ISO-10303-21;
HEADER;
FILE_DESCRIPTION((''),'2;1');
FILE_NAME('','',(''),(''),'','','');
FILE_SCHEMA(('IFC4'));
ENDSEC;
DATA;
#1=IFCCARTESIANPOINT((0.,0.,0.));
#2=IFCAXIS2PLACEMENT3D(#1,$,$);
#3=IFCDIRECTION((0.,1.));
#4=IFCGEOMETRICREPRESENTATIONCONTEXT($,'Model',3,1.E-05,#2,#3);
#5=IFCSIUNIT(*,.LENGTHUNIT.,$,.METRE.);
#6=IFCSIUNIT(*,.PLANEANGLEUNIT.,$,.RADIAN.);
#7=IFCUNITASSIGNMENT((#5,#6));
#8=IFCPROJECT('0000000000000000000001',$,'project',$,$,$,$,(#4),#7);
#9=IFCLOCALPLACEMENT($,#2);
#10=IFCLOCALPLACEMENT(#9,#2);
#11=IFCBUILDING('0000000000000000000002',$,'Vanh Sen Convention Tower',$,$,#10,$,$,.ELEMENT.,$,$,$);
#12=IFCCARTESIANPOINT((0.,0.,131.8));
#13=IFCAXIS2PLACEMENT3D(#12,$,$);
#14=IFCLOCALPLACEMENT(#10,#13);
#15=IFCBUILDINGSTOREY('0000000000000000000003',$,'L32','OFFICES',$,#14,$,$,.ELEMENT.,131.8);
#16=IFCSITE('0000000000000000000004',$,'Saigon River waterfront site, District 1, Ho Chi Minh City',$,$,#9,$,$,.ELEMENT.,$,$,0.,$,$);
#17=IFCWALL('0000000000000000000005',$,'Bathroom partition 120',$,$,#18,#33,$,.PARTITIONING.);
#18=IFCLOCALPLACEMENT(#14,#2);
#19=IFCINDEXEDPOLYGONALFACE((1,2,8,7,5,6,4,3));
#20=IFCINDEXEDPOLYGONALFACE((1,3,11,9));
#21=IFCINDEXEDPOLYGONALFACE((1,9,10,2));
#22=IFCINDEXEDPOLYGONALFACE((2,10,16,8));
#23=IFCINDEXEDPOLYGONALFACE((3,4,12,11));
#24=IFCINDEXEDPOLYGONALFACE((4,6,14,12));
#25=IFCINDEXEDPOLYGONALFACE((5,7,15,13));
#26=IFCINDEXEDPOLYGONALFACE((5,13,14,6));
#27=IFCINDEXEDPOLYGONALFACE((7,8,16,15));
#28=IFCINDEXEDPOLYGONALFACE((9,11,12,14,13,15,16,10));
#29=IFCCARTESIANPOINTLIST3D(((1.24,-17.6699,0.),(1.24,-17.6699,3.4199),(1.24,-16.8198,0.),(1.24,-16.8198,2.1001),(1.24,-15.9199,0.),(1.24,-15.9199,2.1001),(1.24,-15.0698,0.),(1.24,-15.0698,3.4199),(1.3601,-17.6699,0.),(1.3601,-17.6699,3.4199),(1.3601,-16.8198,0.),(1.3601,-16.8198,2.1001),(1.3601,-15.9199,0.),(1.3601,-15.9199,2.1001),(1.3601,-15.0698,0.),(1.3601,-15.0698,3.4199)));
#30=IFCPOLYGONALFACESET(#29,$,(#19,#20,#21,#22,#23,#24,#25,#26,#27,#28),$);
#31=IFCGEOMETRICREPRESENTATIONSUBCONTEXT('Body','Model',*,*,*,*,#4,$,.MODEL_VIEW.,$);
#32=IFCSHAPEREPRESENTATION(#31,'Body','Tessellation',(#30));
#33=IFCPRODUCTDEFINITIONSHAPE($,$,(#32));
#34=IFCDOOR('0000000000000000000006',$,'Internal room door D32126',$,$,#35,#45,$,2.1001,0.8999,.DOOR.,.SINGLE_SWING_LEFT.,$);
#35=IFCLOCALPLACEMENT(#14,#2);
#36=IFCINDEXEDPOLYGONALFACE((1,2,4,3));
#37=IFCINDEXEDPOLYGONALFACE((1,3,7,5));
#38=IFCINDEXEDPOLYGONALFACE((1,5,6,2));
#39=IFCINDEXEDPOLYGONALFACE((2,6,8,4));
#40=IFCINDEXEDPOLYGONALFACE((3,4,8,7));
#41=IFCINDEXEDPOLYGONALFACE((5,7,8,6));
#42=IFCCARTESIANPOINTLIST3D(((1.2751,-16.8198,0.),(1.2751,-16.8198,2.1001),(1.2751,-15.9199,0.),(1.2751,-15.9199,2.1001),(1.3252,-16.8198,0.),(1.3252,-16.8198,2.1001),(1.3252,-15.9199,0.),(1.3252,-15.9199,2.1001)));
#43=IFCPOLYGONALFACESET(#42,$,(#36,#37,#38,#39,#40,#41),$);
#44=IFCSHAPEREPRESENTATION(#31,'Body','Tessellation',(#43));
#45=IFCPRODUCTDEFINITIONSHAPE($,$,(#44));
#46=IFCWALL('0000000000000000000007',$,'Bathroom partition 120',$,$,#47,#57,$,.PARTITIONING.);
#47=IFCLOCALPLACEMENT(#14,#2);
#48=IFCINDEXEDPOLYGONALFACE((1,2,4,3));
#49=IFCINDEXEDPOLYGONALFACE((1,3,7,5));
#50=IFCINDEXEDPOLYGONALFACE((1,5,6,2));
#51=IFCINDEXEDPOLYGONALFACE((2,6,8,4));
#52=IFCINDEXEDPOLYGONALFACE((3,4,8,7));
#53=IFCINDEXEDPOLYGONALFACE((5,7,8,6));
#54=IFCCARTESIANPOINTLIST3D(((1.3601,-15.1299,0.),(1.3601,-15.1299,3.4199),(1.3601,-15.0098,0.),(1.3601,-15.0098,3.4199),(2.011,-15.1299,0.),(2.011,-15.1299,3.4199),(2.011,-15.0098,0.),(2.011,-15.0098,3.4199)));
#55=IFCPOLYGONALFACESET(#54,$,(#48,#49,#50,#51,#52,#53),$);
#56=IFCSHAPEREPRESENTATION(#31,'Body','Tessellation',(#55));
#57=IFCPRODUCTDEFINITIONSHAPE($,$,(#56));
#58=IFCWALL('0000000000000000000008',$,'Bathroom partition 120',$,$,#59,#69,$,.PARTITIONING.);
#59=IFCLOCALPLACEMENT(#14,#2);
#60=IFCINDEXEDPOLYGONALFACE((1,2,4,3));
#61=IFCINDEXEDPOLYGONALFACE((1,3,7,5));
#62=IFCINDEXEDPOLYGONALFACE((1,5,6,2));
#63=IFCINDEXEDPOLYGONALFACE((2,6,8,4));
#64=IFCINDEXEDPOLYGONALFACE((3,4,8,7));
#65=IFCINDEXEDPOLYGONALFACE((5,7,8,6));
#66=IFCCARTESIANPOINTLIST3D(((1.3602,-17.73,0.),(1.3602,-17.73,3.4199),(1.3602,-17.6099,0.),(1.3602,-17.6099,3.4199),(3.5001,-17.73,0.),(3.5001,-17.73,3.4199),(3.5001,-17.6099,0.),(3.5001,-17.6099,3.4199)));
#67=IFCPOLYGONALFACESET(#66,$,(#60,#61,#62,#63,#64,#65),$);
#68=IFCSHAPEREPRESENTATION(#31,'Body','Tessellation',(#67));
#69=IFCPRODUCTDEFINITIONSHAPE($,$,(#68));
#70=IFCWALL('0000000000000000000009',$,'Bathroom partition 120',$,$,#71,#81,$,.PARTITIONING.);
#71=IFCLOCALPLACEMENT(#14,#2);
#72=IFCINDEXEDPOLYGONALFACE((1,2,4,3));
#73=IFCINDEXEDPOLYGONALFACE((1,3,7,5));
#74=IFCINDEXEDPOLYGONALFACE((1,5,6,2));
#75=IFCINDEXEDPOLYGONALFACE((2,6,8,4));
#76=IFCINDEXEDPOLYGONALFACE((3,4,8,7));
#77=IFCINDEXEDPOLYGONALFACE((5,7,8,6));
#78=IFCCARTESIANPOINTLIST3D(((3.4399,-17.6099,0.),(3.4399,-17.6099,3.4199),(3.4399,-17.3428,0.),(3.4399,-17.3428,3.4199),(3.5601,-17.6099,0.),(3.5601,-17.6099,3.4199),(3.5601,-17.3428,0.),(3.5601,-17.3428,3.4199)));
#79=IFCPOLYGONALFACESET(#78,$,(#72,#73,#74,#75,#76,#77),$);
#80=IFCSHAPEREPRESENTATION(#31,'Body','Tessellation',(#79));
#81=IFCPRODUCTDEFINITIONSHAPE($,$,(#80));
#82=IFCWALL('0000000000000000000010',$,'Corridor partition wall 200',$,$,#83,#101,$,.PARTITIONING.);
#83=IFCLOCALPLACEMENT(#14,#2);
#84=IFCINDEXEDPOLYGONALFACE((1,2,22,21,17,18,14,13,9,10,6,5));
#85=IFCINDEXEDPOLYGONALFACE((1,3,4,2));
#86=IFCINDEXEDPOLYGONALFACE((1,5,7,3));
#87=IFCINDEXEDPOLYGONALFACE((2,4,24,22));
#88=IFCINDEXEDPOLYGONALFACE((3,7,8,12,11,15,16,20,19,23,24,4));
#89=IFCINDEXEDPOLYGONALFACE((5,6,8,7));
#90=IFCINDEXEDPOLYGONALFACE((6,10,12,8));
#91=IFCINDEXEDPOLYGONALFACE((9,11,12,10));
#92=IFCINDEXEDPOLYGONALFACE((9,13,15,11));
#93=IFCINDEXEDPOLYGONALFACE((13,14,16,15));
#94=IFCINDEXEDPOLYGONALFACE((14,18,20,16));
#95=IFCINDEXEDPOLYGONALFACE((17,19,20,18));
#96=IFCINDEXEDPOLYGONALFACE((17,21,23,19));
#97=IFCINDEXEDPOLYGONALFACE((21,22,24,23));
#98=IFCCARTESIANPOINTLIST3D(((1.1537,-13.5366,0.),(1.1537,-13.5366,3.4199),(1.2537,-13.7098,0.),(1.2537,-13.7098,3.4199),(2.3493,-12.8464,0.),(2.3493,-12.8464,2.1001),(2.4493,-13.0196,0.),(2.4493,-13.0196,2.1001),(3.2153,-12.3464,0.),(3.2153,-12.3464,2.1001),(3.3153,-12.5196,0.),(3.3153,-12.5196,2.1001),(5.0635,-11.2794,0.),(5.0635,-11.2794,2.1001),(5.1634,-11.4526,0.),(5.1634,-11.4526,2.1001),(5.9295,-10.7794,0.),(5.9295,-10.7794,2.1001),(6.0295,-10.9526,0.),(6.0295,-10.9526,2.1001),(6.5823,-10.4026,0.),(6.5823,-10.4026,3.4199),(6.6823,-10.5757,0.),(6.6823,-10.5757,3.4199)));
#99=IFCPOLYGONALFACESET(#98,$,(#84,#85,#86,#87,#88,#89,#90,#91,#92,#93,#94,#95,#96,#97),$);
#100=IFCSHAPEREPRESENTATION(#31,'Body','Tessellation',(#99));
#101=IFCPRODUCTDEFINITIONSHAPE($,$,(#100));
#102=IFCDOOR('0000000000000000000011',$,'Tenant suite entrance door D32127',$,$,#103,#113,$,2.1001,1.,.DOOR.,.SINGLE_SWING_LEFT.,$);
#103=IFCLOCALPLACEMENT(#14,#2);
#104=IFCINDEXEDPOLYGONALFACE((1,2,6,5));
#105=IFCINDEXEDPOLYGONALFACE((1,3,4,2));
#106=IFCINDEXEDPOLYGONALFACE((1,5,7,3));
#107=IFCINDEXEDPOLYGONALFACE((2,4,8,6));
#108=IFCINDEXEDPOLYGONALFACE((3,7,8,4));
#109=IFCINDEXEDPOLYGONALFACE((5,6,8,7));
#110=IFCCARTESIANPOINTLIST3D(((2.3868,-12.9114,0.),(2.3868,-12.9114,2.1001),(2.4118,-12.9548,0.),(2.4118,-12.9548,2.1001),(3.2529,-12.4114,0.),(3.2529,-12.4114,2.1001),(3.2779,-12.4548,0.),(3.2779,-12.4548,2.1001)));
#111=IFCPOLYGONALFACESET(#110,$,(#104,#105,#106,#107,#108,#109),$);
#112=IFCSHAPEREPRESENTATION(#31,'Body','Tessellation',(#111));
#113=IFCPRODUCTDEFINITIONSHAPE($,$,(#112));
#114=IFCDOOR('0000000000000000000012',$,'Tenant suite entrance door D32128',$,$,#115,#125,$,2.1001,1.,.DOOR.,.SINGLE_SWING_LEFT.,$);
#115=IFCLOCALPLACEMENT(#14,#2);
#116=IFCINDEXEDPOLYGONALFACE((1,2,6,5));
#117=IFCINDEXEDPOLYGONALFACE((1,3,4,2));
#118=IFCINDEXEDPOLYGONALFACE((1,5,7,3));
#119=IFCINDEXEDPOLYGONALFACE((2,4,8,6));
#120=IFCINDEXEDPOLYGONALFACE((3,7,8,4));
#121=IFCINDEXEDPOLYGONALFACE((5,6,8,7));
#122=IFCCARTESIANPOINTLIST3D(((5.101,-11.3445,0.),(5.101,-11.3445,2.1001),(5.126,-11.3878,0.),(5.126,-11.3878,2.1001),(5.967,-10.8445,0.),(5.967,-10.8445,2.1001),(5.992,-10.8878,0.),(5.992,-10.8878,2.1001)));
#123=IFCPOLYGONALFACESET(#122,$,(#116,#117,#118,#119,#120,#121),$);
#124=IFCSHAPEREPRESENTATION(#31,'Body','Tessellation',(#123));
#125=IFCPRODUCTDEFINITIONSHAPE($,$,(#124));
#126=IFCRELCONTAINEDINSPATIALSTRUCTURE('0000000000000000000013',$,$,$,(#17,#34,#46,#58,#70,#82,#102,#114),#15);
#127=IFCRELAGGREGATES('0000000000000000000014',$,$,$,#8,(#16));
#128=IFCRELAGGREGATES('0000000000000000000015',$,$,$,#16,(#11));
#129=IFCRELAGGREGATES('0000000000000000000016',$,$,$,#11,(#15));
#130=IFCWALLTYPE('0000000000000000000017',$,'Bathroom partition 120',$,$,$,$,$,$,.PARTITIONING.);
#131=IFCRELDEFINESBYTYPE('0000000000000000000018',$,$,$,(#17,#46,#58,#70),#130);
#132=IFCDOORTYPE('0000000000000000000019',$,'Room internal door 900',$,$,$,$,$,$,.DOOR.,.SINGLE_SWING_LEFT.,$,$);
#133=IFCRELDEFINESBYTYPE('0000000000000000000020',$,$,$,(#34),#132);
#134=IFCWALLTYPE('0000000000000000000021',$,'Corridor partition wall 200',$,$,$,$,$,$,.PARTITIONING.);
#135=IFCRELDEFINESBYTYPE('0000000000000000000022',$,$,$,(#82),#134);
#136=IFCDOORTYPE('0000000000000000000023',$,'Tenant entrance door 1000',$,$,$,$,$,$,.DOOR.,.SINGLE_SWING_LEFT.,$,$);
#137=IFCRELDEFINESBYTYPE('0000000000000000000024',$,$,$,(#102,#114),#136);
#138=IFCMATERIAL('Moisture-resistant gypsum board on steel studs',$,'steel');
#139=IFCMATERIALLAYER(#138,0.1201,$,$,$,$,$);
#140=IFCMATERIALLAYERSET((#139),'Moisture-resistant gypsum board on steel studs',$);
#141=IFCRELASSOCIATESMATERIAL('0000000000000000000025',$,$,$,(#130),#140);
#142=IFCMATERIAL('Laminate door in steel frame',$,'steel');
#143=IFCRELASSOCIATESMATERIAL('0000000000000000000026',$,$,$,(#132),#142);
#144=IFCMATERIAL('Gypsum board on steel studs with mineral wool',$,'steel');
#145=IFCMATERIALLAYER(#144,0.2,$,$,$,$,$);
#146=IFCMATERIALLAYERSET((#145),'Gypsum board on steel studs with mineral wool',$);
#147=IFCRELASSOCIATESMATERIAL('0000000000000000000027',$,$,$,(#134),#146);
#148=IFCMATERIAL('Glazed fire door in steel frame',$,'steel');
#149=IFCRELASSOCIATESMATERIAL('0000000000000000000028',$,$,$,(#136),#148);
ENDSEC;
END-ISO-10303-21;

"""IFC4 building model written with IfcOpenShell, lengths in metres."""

from ifc_helpers import new_model, si_unit, direction, frame, frame_2d, origin, place, context, subcontext, project, spatial, rectangle, extrude, material, layer, layer_set, type_object, element, fill, save


model = new_model("IFC4")

# Units and contexts
model_context = context("Model", 3, precision=1e-05, world=origin(), true_north=direction((0.0, 1.0)))
body_context = subcontext(model_context, "Body", "Model", "MODEL_VIEW")
ifc_project = project(units=[si_unit("LENGTHUNIT", "METRE"), si_unit("PLANEANGLEUNIT", "RADIAN")], contexts=[model_context])

# Site, building, storey
site_placement = place(None, origin())
site = spatial("IfcSite", under=ifc_project, at=site_placement, Name="Saigon River waterfront site, District 1, Ho Chi Minh City", CompositionType="ELEMENT", RefElevation=0.0)
building_placement = place(site_placement, origin())
building = spatial("IfcBuilding", under=site, at=building_placement, Name="Vanh Sen Convention Tower", CompositionType="ELEMENT")
storey_placement = place(building_placement, frame((0.0, 0.0, 131.8)))
storey = spatial("IfcBuildingStorey", under=building, at=storey_placement, Name="L32", Description="OFFICES", CompositionType="ELEMENT", Elevation=131.8)

# Wall, opening, door
ifc_material_1 = material(Name="Moisture-resistant gypsum board on steel studs", Category="steel")
ifc_layer_1 = layer(ifc_material_1, 0.1201)
ifc_layer_set_1 = layer_set([ifc_layer_1], Name="Moisture-resistant gypsum board on steel studs")
wall_type_1 = type_object("IfcWallType", Name="Bathroom partition 120", PredefinedType="PARTITIONING", material=ifc_layer_set_1)
wall_1_placement = place(storey_placement, frame((1.3, -17.6699, 0.0), z_axis=(0.0, 0.0, 1.0), x_axis=(0.0, 1.0, 0.0)))
wall_1 = element("IfcWall", 1, at=wall_1_placement, inside=storey, type_object=wall_type_1, Name="Bathroom partition 120", PredefinedType="PARTITIONING", context=body_context, shape_type="SweptSolid", body=[
    extrude(rectangle(XDim=2.6001, YDim=0.1201, at=frame_2d((1.3, 0.0))), origin(), (0.0, 0.0, 1.0), 3.4199),
])
opening_1_placement = place(wall_1_placement, frame((0.8501, 0.0, 0.0)))
opening_1 = element("IfcOpeningElement", 2, at=opening_1_placement, cuts=wall_1, PredefinedType="OPENING", context=body_context, shape_type="SweptSolid", body=[
    extrude(rectangle(XDim=0.8999, YDim=2.1001, at=frame_2d((0.45, 1.05))), frame((0.0, 0.0701, 0.0), z_axis=(0.0, -1.0, 0.0), x_axis=(1.0, 0.0, 0.0)), (0.0, 0.0, 1.0), 0.1401),
])
ifc_material_2 = material(Name="Laminate door in steel frame", Category="steel")
door_type_1 = type_object("IfcDoorType", Name="Room internal door 900", OperationType="SINGLE_SWING_LEFT", PredefinedType="DOOR", material=ifc_material_2)
door_1_placement = place(opening_1_placement, origin())
door_1 = element("IfcDoor", 3, at=door_1_placement, inside=storey, type_object=door_type_1, Name="Internal room door D32126", OperationType="SINGLE_SWING_LEFT", OverallHeight=2.1001, OverallWidth=0.8999, PredefinedType="DOOR", context=body_context, shape_type="SweptSolid", body=[
    extrude(rectangle(XDim=0.8999, YDim=2.1001, at=frame_2d((0.45, 1.05))), frame((0.0, 0.0249, 0.0), z_axis=(0.0, -1.0, 0.0), x_axis=(1.0, 0.0, 0.0)), (0.0, 0.0, 1.0), 0.05),
])
fill(opening_1, door_1)

# Walls
wall_2_placement = place(storey_placement, frame((1.3601, -15.0698, 0.0), z_axis=(0.0, 0.0, 1.0), x_axis=(1.0, 0.0, 0.0)))
element("IfcWall", 4, at=wall_2_placement, inside=storey, type_object=wall_type_1, Name="Bathroom partition 120", PredefinedType="PARTITIONING", context=body_context, shape_type="SweptSolid", body=[
    extrude(rectangle(XDim=0.6509, YDim=0.1201, at=frame_2d((0.3254, 0.0))), origin(), (0.0, 0.0, 1.0), 3.4199),
])
wall_3_placement = place(storey_placement, frame((3.5, -17.6699, 0.0), z_axis=(0.0, 0.0, 1.0), x_axis=(-1.0, 0.0, 0.0)))
element("IfcWall", 5, at=wall_3_placement, inside=storey, type_object=wall_type_1, Name="Bathroom partition 120", PredefinedType="PARTITIONING", context=body_context, shape_type="SweptSolid", body=[
    extrude(rectangle(XDim=2.1399, YDim=0.1201, at=frame_2d((1.0698, 0.0))), origin(), (0.0, 0.0, 1.0), 3.4199),
])
wall_4_placement = place(storey_placement, frame((3.5, -17.3428, 0.0), z_axis=(0.0, 0.0, 1.0), x_axis=(0.0, -1.0, 0.0)))
element("IfcWall", 6, at=wall_4_placement, inside=storey, type_object=wall_type_1, Name="Bathroom partition 120", PredefinedType="PARTITIONING", context=body_context, shape_type="SweptSolid", body=[
    extrude(rectangle(XDim=0.2671, YDim=0.1201, at=frame_2d((0.1335, 0.0))), origin(), (0.0, 0.0, 1.0), 3.4199),
])

# Wall, openings, doors
ifc_material_3 = material(Name="Gypsum board on steel studs with mineral wool", Category="steel")
ifc_layer_2 = layer(ifc_material_3, 0.2)
ifc_layer_set_2 = layer_set([ifc_layer_2], Name="Gypsum board on steel studs with mineral wool")
wall_type_2 = type_object("IfcWallType", Name="Corridor partition wall 200", PredefinedType="PARTITIONING", material=ifc_layer_set_2)
wall_5_placement = place(storey_placement, frame((1.2036, -13.6233, 0.0), z_axis=(0.0, 0.0, 1.0), x_axis=(0.866032, 0.499989, 0.0)))
wall_5 = element("IfcWall", 7, at=wall_5_placement, inside=storey, type_object=wall_type_2, Name="Corridor partition wall 200", PredefinedType="PARTITIONING", context=body_context, shape_type="SweptSolid", body=[
    extrude(rectangle(XDim=6.2683, YDim=0.2, at=frame_2d((3.1343, 0.0))), origin(), (0.0, 0.0, 1.0), 3.4199),
])
opening_2_placement = place(wall_5_placement, frame((1.3806, 0.0, 0.0)))
opening_2 = element("IfcOpeningElement", 8, at=opening_2_placement, cuts=wall_5, PredefinedType="OPENING", context=body_context, shape_type="SweptSolid", body=[
    extrude(rectangle(XDim=1.0, YDim=2.1001, at=frame_2d((0.5, 1.05))), frame((0.0, 0.1099, 0.0), z_axis=(0.0, -1.0, 0.0), x_axis=(1.0, 0.0, 0.0)), (0.0, 0.0, 1.0), 0.22),
])
opening_3_placement = place(wall_5_placement, frame((4.5146, 0.0, 0.0)))
opening_3 = element("IfcOpeningElement", 9, at=opening_3_placement, cuts=wall_5, PredefinedType="OPENING", context=body_context, shape_type="SweptSolid", body=[
    extrude(rectangle(XDim=1.0, YDim=2.1001, at=frame_2d((0.5, 1.05))), frame((0.0, 0.1099, 0.0), z_axis=(0.0, -1.0, 0.0), x_axis=(1.0, 0.0, 0.0)), (0.0, 0.0, 1.0), 0.22),
])
ifc_material_4 = material(Name="Glazed fire door in steel frame", Category="steel")
door_type_2 = type_object("IfcDoorType", Name="Tenant entrance door 1000", OperationType="SINGLE_SWING_LEFT", PredefinedType="DOOR", material=ifc_material_4)
door_2_placement = place(opening_2_placement, origin())
door_2 = element("IfcDoor", 10, at=door_2_placement, inside=storey, type_object=door_type_2, Name="Tenant suite entrance door D32127", OperationType="SINGLE_SWING_LEFT", OverallHeight=2.1001, OverallWidth=1.0, PredefinedType="DOOR", context=body_context, shape_type="SweptSolid", body=[
    extrude(rectangle(XDim=1.0, YDim=2.1001, at=frame_2d((0.5, 1.05))), frame((0.0, 0.0249, 0.0), z_axis=(0.0, -1.0, 0.0), x_axis=(1.0, 0.0, 0.0)), (0.0, 0.0, 1.0), 0.05),
])
fill(opening_2, door_2)
door_3_placement = place(opening_3_placement, origin())
door_3 = element("IfcDoor", 11, at=door_3_placement, inside=storey, type_object=door_type_2, Name="Tenant suite entrance door D32128", OperationType="SINGLE_SWING_LEFT", OverallHeight=2.1001, OverallWidth=1.0, PredefinedType="DOOR", context=body_context, shape_type="SweptSolid", body=[
    extrude(rectangle(XDim=1.0, YDim=2.1001, at=frame_2d((0.5, 1.05))), frame((0.0, 0.0249, 0.0), z_axis=(0.0, -1.0, 0.0), x_axis=(1.0, 0.0, 0.0)), (0.0, 0.0, 1.0), 0.05),
])
fill(opening_3, door_3)

save(model, "model.ifc")
